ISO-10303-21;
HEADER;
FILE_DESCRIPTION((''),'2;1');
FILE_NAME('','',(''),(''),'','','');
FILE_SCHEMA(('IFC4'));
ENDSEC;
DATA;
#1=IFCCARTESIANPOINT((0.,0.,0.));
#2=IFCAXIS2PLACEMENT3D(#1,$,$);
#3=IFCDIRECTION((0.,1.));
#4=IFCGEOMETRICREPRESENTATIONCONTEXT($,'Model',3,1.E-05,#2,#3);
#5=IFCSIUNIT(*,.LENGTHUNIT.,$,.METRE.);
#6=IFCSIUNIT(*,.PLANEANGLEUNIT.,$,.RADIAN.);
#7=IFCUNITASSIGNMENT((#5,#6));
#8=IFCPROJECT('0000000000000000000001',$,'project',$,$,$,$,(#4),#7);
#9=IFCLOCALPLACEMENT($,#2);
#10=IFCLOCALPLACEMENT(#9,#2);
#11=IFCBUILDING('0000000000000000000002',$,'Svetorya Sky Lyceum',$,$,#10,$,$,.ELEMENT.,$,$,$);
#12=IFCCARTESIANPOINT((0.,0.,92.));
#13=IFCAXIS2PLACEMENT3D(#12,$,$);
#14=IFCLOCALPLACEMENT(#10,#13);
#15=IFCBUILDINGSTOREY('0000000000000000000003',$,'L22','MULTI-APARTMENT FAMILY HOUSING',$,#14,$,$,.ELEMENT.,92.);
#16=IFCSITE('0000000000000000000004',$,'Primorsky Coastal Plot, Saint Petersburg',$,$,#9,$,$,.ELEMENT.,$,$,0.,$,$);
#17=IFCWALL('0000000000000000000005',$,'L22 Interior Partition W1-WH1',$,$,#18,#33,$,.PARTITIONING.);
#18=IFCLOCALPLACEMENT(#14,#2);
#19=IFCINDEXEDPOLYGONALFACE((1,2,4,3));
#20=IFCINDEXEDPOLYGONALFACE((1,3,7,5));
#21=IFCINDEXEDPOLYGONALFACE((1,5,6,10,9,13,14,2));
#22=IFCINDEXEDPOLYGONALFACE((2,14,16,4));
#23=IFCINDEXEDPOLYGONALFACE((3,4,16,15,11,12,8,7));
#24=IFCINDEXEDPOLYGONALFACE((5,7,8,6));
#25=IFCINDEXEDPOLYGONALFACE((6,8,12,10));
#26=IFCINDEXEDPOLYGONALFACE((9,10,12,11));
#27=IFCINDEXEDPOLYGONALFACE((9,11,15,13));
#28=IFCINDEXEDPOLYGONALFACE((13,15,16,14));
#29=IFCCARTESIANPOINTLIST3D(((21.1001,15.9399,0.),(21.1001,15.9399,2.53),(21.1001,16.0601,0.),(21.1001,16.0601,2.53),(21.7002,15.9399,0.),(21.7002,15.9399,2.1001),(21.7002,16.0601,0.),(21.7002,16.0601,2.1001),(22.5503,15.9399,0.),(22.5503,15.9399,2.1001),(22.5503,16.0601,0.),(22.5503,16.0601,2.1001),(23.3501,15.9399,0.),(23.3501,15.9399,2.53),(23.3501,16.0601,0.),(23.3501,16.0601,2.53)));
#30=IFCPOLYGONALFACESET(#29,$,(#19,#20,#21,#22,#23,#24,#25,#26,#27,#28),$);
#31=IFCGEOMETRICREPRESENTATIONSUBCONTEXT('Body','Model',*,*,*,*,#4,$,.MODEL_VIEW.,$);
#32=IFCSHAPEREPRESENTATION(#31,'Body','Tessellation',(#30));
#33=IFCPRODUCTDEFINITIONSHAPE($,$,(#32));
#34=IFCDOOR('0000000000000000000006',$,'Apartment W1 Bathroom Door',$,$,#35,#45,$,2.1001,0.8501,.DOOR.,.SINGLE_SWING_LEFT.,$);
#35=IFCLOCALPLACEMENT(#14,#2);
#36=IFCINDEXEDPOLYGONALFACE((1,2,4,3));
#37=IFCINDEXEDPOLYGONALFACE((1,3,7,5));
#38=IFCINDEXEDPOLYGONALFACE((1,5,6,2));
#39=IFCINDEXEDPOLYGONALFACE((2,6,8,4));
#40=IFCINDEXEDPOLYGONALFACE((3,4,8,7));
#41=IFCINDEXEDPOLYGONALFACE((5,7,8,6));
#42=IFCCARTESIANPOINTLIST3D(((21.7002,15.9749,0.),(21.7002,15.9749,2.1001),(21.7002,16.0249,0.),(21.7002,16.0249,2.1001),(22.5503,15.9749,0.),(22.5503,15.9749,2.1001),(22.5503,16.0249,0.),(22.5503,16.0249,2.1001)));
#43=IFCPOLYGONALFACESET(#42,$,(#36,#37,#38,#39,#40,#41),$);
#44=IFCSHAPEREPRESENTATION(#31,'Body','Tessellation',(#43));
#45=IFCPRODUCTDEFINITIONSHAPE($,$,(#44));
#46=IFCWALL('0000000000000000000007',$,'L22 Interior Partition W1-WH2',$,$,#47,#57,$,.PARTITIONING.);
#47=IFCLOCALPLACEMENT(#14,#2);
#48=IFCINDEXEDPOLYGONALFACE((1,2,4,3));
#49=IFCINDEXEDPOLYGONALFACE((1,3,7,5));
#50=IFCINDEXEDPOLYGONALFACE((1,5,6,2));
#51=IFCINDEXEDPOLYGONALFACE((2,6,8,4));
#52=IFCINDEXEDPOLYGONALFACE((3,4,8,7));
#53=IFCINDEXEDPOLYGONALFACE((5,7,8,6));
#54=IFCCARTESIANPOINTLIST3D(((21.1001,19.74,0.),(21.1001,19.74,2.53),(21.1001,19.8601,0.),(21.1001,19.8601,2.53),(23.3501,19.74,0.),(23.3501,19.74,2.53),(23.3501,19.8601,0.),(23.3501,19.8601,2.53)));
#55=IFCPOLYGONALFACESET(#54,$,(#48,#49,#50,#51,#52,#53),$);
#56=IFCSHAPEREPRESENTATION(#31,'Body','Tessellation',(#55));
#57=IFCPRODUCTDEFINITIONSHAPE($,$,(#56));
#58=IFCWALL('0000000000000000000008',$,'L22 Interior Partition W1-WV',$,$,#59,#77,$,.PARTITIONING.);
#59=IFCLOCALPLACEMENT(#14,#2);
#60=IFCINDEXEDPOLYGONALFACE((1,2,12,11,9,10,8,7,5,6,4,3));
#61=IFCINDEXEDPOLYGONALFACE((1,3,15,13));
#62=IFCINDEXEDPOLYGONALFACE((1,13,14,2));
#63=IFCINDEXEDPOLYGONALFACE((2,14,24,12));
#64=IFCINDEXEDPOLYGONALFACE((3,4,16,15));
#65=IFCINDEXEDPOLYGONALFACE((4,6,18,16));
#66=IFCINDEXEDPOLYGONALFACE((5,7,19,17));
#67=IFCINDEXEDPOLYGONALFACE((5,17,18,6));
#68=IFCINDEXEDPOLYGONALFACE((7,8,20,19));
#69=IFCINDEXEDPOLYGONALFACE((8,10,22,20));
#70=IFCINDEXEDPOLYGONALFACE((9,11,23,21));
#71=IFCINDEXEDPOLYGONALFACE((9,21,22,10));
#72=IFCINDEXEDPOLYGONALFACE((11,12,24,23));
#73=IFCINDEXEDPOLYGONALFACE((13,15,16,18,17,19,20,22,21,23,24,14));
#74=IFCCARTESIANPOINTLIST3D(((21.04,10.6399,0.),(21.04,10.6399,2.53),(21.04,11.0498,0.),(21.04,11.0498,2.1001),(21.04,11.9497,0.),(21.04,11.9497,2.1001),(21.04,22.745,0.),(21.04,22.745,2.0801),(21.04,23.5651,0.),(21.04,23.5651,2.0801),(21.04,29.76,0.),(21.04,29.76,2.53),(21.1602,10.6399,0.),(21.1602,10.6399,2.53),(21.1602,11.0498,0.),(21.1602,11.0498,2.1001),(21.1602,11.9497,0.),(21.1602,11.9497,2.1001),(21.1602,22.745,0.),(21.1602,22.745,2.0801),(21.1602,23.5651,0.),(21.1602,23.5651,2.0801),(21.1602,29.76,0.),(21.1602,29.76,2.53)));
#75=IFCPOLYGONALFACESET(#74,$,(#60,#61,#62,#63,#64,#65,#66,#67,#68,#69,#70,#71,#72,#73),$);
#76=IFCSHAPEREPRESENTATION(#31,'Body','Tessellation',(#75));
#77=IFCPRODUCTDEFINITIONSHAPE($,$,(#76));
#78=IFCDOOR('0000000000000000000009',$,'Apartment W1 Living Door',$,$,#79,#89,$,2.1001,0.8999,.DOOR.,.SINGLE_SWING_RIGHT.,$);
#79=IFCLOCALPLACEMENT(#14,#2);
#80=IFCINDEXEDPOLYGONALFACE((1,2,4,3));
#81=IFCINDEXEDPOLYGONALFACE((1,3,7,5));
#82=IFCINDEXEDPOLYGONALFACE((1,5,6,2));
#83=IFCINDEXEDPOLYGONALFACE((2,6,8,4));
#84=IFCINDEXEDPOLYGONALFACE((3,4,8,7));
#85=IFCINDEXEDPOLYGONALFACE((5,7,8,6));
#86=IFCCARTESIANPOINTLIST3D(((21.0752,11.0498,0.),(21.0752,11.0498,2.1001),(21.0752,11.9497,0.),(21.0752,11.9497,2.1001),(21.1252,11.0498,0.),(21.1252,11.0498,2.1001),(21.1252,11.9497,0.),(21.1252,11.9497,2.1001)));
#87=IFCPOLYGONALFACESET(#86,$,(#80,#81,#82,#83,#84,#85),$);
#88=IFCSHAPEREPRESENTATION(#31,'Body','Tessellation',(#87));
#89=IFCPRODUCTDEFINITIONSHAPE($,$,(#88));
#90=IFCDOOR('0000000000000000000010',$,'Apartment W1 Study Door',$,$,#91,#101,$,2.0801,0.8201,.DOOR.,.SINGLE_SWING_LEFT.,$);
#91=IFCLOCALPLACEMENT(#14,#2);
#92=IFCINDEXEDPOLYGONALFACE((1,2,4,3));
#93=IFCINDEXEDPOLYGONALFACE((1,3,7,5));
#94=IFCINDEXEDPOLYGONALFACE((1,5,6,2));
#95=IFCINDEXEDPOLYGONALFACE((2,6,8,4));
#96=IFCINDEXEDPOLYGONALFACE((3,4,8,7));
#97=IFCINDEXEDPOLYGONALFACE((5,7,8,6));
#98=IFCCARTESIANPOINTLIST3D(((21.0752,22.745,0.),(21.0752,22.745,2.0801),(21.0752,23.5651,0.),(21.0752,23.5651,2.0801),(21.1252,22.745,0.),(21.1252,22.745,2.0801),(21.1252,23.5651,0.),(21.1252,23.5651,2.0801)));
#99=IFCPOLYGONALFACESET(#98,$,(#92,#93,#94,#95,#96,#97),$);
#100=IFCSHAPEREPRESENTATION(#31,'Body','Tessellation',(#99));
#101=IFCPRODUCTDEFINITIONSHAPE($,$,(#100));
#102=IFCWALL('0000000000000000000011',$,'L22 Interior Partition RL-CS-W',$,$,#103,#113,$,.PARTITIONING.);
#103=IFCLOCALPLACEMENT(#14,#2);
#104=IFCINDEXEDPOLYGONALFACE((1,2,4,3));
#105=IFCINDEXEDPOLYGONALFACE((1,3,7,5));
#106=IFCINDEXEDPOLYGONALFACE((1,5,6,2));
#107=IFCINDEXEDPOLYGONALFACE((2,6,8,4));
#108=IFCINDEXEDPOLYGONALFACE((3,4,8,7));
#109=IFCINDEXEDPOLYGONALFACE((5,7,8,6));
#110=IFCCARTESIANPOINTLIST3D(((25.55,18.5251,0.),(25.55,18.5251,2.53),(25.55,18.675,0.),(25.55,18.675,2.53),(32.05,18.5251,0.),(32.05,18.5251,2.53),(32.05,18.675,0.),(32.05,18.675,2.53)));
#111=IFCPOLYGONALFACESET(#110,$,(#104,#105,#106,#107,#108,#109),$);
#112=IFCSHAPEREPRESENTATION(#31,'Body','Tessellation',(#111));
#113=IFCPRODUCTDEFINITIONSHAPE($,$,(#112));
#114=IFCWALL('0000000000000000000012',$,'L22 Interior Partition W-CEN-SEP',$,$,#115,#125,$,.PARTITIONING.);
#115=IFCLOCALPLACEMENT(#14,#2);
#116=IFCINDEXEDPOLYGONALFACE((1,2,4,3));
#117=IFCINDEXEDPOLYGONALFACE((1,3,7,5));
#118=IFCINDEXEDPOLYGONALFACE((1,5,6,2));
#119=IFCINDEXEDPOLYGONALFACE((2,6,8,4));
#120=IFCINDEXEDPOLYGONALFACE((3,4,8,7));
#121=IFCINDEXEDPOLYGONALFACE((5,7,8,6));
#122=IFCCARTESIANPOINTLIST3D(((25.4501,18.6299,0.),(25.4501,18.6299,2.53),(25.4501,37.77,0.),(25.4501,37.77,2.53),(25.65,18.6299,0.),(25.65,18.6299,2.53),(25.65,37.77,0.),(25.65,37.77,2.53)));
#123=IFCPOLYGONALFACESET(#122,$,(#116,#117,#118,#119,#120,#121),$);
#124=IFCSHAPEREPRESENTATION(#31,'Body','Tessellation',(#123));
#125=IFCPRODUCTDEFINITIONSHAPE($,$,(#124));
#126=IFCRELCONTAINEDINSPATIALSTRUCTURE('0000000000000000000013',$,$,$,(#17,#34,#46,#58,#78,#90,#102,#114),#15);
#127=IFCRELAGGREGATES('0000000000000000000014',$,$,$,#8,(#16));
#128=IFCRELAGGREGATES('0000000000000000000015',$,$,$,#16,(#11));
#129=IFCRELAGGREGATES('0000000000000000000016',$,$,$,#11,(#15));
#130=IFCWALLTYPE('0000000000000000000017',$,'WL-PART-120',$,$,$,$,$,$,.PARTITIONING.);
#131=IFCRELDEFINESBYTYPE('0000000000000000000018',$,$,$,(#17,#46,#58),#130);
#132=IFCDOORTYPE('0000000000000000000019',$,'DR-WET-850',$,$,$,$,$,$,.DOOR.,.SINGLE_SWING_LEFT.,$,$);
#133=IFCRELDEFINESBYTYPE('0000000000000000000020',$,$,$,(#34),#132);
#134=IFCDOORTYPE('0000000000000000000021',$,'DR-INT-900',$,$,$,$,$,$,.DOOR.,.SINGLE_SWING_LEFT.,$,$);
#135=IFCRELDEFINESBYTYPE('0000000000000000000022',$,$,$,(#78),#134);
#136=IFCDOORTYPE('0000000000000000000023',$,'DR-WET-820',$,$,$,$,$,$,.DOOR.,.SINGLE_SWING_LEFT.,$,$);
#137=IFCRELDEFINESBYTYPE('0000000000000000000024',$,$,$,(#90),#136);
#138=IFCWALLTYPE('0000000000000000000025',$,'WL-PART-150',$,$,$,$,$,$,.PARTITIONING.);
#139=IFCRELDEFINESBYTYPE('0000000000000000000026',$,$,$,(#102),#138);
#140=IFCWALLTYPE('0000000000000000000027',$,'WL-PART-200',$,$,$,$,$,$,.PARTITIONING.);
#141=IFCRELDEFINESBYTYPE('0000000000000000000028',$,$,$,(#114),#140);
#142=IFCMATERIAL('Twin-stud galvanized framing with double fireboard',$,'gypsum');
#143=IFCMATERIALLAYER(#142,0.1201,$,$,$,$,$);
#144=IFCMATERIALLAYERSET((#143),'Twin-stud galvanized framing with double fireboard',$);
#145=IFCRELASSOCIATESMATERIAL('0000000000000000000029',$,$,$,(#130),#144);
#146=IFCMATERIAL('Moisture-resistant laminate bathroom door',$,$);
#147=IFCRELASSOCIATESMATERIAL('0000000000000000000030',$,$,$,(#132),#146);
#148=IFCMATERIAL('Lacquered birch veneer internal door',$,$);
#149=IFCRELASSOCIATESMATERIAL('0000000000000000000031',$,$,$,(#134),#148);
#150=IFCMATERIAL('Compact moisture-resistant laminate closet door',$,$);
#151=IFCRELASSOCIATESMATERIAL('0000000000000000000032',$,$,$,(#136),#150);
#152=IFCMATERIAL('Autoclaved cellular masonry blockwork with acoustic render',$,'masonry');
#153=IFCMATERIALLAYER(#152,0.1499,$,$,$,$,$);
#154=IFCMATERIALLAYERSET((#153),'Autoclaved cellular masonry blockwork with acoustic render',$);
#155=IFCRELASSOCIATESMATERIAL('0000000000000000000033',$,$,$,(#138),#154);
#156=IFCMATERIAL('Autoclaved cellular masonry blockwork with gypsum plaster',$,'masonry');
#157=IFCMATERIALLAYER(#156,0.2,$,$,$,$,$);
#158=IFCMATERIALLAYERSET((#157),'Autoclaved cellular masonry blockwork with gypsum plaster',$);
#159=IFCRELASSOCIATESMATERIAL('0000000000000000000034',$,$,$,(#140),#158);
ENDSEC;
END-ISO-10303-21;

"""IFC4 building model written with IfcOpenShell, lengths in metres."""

from ifc_helpers import new_model, si_unit, direction, frame, frame_2d, origin, place, context, subcontext, project, spatial, rectangle, extrude, material, layer, layer_set, type_object, element, fill, save


model = new_model("IFC4")

# Units and contexts
model_context = context("Model", 3, precision=1e-05, world=origin(), true_north=direction((0.0, 1.0)))
body_context = subcontext(model_context, "Body", "Model", "MODEL_VIEW")
ifc_project = project(units=[si_unit("LENGTHUNIT", "METRE"), si_unit("PLANEANGLEUNIT", "RADIAN")], contexts=[model_context])

# Site, building, storey
site_placement = place(None, origin())
site = spatial("IfcSite", under=ifc_project, at=site_placement, Name="Primorsky Coastal Plot, Saint Petersburg", CompositionType="ELEMENT", RefElevation=0.0)
building_placement = place(site_placement, origin())
building = spatial("IfcBuilding", under=site, at=building_placement, Name="Svetorya Sky Lyceum", CompositionType="ELEMENT")
storey_placement = place(building_placement, frame((0.0, 0.0, 92.0)))
storey = spatial("IfcBuildingStorey", under=building, at=storey_placement, Name="L22", Description="MULTI-APARTMENT FAMILY HOUSING", CompositionType="ELEMENT", Elevation=92.0)

# Wall, opening, door
ifc_material_1 = material(Name="Twin-stud galvanized framing with double fireboard", Category="gypsum")
ifc_layer_1 = layer(ifc_material_1, 0.1201)
ifc_layer_set_1 = layer_set([ifc_layer_1], Name="Twin-stud galvanized framing with double fireboard")
wall_type_1 = type_object("IfcWallType", Name="WL-PART-120", PredefinedType="PARTITIONING", material=ifc_layer_set_1)
wall_1_placement = place(storey_placement, frame((21.1001, 16.0, 0.0), z_axis=(0.0, 0.0, 1.0), x_axis=(1.0, 0.0, 0.0)))
wall_1 = element("IfcWall", 1, at=wall_1_placement, inside=storey, type_object=wall_type_1, Name="L22 Interior Partition W1-WH1", PredefinedType="PARTITIONING", context=body_context, shape_type="SweptSolid", body=[
    extrude(rectangle(XDim=2.25, YDim=0.1201, at=frame_2d((1.125, 0.0))), origin(), (0.0, 0.0, 1.0), 2.53),
])
opening_1_placement = place(wall_1_placement, frame((0.6001, 0.0, 0.0)))
opening_1 = element("IfcOpeningElement", 2, at=opening_1_placement, cuts=wall_1, PredefinedType="OPENING", context=body_context, shape_type="SweptSolid", body=[
    extrude(rectangle(XDim=0.8501, YDim=2.1001, at=frame_2d((0.425, 1.05))), frame((0.0, 0.0701, 0.0), z_axis=(0.0, -1.0, 0.0), x_axis=(1.0, 0.0, 0.0)), (0.0, 0.0, 1.0), 0.1401),
])
ifc_material_2 = material(Name="Moisture-resistant laminate bathroom door")
door_type_1 = type_object("IfcDoorType", Name="DR-WET-850", OperationType="SINGLE_SWING_LEFT", PredefinedType="DOOR", material=ifc_material_2)
door_1_placement = place(opening_1_placement, origin())
door_1 = element("IfcDoor", 3, at=door_1_placement, inside=storey, type_object=door_type_1, Name="Apartment W1 Bathroom Door", OperationType="SINGLE_SWING_LEFT", OverallHeight=2.1001, OverallWidth=0.8501, PredefinedType="DOOR", context=body_context, shape_type="SweptSolid", body=[
    extrude(rectangle(XDim=0.8501, YDim=2.1001, at=frame_2d((0.425, 1.05))), frame((0.0, 0.0249, 0.0), z_axis=(0.0, -1.0, 0.0), x_axis=(1.0, 0.0, 0.0)), (0.0, 0.0, 1.0), 0.05),
])
fill(opening_1, door_1)

# Wall
wall_2_placement = place(storey_placement, frame((21.1001, 19.8, 0.0), z_axis=(0.0, 0.0, 1.0), x_axis=(1.0, 0.0, 0.0)))
element("IfcWall", 4, at=wall_2_placement, inside=storey, type_object=wall_type_1, Name="L22 Interior Partition W1-WH2", PredefinedType="PARTITIONING", context=body_context, shape_type="SweptSolid", body=[
    extrude(rectangle(XDim=2.25, YDim=0.1201, at=frame_2d((1.125, 0.0))), origin(), (0.0, 0.0, 1.0), 2.53),
])

# Wall, openings, doors
wall_3_placement = place(storey_placement, frame((21.1001, 10.6399, 0.0), z_axis=(0.0, 0.0, 1.0), x_axis=(0.0, 1.0, 0.0)))
wall_3 = element("IfcWall", 5, at=wall_3_placement, inside=storey, type_object=wall_type_1, Name="L22 Interior Partition W1-WV", PredefinedType="PARTITIONING", context=body_context, shape_type="SweptSolid", body=[
    extrude(rectangle(XDim=19.1201, YDim=0.1201, at=frame_2d((9.5601, 0.0))), origin(), (0.0, 0.0, 1.0), 2.53),
])
opening_2_placement = place(wall_3_placement, frame((0.4099, 0.0, 0.0)))
opening_2 = element("IfcOpeningElement", 6, at=opening_2_placement, cuts=wall_3, PredefinedType="OPENING", context=body_context, shape_type="SweptSolid", body=[
    extrude(rectangle(XDim=0.8999, YDim=2.1001, at=frame_2d((0.45, 1.05))), frame((0.0, 0.0701, 0.0), z_axis=(0.0, -1.0, 0.0), x_axis=(1.0, 0.0, 0.0)), (0.0, 0.0, 1.0), 0.1401),
])
opening_3_placement = place(wall_3_placement, frame((12.105, 0.0, 0.0)))
opening_3 = element("IfcOpeningElement", 7, at=opening_3_placement, cuts=wall_3, PredefinedType="OPENING", context=body_context, shape_type="SweptSolid", body=[
    extrude(rectangle(XDim=0.8201, YDim=2.0801, at=frame_2d((0.4102, 1.04))), frame((0.0, 0.0701, 0.0), z_axis=(0.0, -1.0, 0.0), x_axis=(1.0, 0.0, 0.0)), (0.0, 0.0, 1.0), 0.1401),
])
ifc_material_3 = material(Name="Lacquered birch veneer internal door")
door_type_2 = type_object("IfcDoorType", Name="DR-INT-900", OperationType="SINGLE_SWING_LEFT", PredefinedType="DOOR", material=ifc_material_3)
door_2_placement = place(opening_2_placement, origin())
door_2 = element("IfcDoor", 8, at=door_2_placement, inside=storey, type_object=door_type_2, Name="Apartment W1 Living Door", OperationType="SINGLE_SWING_RIGHT", OverallHeight=2.1001, OverallWidth=0.8999, PredefinedType="DOOR", context=body_context, shape_type="SweptSolid", body=[
    extrude(rectangle(XDim=0.8999, YDim=2.1001, at=frame_2d((0.45, 1.05))), frame((0.0, 0.0249, 0.0), z_axis=(0.0, -1.0, 0.0), x_axis=(1.0, 0.0, 0.0)), (0.0, 0.0, 1.0), 0.05),
])
fill(opening_2, door_2)
ifc_material_4 = material(Name="Compact moisture-resistant laminate closet door")
door_type_3 = type_object("IfcDoorType", Name="DR-WET-820", OperationType="SINGLE_SWING_LEFT", PredefinedType="DOOR", material=ifc_material_4)
door_3_placement = place(opening_3_placement, origin())
door_3 = element("IfcDoor", 9, at=door_3_placement, inside=storey, type_object=door_type_3, Name="Apartment W1 Study Door", OperationType="SINGLE_SWING_LEFT", OverallHeight=2.0801, OverallWidth=0.8201, PredefinedType="DOOR", context=body_context, shape_type="SweptSolid", body=[
    extrude(rectangle(XDim=0.8201, YDim=2.0801, at=frame_2d((0.4102, 1.04))), frame((0.0, 0.0249, 0.0), z_axis=(0.0, -1.0, 0.0), x_axis=(1.0, 0.0, 0.0)), (0.0, 0.0, 1.0), 0.05),
])
fill(opening_3, door_3)

# Walls
ifc_material_5 = material(Name="Autoclaved cellular masonry blockwork with acoustic render", Category="masonry")
ifc_layer_2 = layer(ifc_material_5, 0.1499)
ifc_layer_set_2 = layer_set([ifc_layer_2], Name="Autoclaved cellular masonry blockwork with acoustic render")
wall_type_2 = type_object("IfcWallType", Name="WL-PART-150", PredefinedType="PARTITIONING", material=ifc_layer_set_2)
wall_4_placement = place(storey_placement, frame((25.55, 18.6001, 0.0), z_axis=(0.0, 0.0, 1.0), x_axis=(1.0, 0.0, 0.0)))
element("IfcWall", 10, at=wall_4_placement, inside=storey, type_object=wall_type_2, Name="L22 Interior Partition RL-CS-W", PredefinedType="PARTITIONING", context=body_context, shape_type="SweptSolid", body=[
    extrude(rectangle(XDim=6.5, YDim=0.1499, at=frame_2d((3.25, 0.0))), origin(), (0.0, 0.0, 1.0), 2.53),
])
ifc_material_6 = material(Name="Autoclaved cellular masonry blockwork with gypsum plaster", Category="masonry")
ifc_layer_3 = layer(ifc_material_6, 0.2)
ifc_layer_set_3 = layer_set([ifc_layer_3], Name="Autoclaved cellular masonry blockwork with gypsum plaster")
wall_type_3 = type_object("IfcWallType", Name="WL-PART-200", PredefinedType="PARTITIONING", material=ifc_layer_set_3)
wall_5_placement = place(storey_placement, frame((25.55, 18.6299, 0.0), z_axis=(0.0, 0.0, 1.0), x_axis=(0.0, 1.0, 0.0)))
element("IfcWall", 11, at=wall_5_placement, inside=storey, type_object=wall_type_3, Name="L22 Interior Partition W-CEN-SEP", PredefinedType="PARTITIONING", context=body_context, shape_type="SweptSolid", body=[
    extrude(rectangle(XDim=19.1401, YDim=0.2, at=frame_2d((9.5701, 0.0))), origin(), (0.0, 0.0, 1.0), 2.53),
])

save(model, "model.ifc")
